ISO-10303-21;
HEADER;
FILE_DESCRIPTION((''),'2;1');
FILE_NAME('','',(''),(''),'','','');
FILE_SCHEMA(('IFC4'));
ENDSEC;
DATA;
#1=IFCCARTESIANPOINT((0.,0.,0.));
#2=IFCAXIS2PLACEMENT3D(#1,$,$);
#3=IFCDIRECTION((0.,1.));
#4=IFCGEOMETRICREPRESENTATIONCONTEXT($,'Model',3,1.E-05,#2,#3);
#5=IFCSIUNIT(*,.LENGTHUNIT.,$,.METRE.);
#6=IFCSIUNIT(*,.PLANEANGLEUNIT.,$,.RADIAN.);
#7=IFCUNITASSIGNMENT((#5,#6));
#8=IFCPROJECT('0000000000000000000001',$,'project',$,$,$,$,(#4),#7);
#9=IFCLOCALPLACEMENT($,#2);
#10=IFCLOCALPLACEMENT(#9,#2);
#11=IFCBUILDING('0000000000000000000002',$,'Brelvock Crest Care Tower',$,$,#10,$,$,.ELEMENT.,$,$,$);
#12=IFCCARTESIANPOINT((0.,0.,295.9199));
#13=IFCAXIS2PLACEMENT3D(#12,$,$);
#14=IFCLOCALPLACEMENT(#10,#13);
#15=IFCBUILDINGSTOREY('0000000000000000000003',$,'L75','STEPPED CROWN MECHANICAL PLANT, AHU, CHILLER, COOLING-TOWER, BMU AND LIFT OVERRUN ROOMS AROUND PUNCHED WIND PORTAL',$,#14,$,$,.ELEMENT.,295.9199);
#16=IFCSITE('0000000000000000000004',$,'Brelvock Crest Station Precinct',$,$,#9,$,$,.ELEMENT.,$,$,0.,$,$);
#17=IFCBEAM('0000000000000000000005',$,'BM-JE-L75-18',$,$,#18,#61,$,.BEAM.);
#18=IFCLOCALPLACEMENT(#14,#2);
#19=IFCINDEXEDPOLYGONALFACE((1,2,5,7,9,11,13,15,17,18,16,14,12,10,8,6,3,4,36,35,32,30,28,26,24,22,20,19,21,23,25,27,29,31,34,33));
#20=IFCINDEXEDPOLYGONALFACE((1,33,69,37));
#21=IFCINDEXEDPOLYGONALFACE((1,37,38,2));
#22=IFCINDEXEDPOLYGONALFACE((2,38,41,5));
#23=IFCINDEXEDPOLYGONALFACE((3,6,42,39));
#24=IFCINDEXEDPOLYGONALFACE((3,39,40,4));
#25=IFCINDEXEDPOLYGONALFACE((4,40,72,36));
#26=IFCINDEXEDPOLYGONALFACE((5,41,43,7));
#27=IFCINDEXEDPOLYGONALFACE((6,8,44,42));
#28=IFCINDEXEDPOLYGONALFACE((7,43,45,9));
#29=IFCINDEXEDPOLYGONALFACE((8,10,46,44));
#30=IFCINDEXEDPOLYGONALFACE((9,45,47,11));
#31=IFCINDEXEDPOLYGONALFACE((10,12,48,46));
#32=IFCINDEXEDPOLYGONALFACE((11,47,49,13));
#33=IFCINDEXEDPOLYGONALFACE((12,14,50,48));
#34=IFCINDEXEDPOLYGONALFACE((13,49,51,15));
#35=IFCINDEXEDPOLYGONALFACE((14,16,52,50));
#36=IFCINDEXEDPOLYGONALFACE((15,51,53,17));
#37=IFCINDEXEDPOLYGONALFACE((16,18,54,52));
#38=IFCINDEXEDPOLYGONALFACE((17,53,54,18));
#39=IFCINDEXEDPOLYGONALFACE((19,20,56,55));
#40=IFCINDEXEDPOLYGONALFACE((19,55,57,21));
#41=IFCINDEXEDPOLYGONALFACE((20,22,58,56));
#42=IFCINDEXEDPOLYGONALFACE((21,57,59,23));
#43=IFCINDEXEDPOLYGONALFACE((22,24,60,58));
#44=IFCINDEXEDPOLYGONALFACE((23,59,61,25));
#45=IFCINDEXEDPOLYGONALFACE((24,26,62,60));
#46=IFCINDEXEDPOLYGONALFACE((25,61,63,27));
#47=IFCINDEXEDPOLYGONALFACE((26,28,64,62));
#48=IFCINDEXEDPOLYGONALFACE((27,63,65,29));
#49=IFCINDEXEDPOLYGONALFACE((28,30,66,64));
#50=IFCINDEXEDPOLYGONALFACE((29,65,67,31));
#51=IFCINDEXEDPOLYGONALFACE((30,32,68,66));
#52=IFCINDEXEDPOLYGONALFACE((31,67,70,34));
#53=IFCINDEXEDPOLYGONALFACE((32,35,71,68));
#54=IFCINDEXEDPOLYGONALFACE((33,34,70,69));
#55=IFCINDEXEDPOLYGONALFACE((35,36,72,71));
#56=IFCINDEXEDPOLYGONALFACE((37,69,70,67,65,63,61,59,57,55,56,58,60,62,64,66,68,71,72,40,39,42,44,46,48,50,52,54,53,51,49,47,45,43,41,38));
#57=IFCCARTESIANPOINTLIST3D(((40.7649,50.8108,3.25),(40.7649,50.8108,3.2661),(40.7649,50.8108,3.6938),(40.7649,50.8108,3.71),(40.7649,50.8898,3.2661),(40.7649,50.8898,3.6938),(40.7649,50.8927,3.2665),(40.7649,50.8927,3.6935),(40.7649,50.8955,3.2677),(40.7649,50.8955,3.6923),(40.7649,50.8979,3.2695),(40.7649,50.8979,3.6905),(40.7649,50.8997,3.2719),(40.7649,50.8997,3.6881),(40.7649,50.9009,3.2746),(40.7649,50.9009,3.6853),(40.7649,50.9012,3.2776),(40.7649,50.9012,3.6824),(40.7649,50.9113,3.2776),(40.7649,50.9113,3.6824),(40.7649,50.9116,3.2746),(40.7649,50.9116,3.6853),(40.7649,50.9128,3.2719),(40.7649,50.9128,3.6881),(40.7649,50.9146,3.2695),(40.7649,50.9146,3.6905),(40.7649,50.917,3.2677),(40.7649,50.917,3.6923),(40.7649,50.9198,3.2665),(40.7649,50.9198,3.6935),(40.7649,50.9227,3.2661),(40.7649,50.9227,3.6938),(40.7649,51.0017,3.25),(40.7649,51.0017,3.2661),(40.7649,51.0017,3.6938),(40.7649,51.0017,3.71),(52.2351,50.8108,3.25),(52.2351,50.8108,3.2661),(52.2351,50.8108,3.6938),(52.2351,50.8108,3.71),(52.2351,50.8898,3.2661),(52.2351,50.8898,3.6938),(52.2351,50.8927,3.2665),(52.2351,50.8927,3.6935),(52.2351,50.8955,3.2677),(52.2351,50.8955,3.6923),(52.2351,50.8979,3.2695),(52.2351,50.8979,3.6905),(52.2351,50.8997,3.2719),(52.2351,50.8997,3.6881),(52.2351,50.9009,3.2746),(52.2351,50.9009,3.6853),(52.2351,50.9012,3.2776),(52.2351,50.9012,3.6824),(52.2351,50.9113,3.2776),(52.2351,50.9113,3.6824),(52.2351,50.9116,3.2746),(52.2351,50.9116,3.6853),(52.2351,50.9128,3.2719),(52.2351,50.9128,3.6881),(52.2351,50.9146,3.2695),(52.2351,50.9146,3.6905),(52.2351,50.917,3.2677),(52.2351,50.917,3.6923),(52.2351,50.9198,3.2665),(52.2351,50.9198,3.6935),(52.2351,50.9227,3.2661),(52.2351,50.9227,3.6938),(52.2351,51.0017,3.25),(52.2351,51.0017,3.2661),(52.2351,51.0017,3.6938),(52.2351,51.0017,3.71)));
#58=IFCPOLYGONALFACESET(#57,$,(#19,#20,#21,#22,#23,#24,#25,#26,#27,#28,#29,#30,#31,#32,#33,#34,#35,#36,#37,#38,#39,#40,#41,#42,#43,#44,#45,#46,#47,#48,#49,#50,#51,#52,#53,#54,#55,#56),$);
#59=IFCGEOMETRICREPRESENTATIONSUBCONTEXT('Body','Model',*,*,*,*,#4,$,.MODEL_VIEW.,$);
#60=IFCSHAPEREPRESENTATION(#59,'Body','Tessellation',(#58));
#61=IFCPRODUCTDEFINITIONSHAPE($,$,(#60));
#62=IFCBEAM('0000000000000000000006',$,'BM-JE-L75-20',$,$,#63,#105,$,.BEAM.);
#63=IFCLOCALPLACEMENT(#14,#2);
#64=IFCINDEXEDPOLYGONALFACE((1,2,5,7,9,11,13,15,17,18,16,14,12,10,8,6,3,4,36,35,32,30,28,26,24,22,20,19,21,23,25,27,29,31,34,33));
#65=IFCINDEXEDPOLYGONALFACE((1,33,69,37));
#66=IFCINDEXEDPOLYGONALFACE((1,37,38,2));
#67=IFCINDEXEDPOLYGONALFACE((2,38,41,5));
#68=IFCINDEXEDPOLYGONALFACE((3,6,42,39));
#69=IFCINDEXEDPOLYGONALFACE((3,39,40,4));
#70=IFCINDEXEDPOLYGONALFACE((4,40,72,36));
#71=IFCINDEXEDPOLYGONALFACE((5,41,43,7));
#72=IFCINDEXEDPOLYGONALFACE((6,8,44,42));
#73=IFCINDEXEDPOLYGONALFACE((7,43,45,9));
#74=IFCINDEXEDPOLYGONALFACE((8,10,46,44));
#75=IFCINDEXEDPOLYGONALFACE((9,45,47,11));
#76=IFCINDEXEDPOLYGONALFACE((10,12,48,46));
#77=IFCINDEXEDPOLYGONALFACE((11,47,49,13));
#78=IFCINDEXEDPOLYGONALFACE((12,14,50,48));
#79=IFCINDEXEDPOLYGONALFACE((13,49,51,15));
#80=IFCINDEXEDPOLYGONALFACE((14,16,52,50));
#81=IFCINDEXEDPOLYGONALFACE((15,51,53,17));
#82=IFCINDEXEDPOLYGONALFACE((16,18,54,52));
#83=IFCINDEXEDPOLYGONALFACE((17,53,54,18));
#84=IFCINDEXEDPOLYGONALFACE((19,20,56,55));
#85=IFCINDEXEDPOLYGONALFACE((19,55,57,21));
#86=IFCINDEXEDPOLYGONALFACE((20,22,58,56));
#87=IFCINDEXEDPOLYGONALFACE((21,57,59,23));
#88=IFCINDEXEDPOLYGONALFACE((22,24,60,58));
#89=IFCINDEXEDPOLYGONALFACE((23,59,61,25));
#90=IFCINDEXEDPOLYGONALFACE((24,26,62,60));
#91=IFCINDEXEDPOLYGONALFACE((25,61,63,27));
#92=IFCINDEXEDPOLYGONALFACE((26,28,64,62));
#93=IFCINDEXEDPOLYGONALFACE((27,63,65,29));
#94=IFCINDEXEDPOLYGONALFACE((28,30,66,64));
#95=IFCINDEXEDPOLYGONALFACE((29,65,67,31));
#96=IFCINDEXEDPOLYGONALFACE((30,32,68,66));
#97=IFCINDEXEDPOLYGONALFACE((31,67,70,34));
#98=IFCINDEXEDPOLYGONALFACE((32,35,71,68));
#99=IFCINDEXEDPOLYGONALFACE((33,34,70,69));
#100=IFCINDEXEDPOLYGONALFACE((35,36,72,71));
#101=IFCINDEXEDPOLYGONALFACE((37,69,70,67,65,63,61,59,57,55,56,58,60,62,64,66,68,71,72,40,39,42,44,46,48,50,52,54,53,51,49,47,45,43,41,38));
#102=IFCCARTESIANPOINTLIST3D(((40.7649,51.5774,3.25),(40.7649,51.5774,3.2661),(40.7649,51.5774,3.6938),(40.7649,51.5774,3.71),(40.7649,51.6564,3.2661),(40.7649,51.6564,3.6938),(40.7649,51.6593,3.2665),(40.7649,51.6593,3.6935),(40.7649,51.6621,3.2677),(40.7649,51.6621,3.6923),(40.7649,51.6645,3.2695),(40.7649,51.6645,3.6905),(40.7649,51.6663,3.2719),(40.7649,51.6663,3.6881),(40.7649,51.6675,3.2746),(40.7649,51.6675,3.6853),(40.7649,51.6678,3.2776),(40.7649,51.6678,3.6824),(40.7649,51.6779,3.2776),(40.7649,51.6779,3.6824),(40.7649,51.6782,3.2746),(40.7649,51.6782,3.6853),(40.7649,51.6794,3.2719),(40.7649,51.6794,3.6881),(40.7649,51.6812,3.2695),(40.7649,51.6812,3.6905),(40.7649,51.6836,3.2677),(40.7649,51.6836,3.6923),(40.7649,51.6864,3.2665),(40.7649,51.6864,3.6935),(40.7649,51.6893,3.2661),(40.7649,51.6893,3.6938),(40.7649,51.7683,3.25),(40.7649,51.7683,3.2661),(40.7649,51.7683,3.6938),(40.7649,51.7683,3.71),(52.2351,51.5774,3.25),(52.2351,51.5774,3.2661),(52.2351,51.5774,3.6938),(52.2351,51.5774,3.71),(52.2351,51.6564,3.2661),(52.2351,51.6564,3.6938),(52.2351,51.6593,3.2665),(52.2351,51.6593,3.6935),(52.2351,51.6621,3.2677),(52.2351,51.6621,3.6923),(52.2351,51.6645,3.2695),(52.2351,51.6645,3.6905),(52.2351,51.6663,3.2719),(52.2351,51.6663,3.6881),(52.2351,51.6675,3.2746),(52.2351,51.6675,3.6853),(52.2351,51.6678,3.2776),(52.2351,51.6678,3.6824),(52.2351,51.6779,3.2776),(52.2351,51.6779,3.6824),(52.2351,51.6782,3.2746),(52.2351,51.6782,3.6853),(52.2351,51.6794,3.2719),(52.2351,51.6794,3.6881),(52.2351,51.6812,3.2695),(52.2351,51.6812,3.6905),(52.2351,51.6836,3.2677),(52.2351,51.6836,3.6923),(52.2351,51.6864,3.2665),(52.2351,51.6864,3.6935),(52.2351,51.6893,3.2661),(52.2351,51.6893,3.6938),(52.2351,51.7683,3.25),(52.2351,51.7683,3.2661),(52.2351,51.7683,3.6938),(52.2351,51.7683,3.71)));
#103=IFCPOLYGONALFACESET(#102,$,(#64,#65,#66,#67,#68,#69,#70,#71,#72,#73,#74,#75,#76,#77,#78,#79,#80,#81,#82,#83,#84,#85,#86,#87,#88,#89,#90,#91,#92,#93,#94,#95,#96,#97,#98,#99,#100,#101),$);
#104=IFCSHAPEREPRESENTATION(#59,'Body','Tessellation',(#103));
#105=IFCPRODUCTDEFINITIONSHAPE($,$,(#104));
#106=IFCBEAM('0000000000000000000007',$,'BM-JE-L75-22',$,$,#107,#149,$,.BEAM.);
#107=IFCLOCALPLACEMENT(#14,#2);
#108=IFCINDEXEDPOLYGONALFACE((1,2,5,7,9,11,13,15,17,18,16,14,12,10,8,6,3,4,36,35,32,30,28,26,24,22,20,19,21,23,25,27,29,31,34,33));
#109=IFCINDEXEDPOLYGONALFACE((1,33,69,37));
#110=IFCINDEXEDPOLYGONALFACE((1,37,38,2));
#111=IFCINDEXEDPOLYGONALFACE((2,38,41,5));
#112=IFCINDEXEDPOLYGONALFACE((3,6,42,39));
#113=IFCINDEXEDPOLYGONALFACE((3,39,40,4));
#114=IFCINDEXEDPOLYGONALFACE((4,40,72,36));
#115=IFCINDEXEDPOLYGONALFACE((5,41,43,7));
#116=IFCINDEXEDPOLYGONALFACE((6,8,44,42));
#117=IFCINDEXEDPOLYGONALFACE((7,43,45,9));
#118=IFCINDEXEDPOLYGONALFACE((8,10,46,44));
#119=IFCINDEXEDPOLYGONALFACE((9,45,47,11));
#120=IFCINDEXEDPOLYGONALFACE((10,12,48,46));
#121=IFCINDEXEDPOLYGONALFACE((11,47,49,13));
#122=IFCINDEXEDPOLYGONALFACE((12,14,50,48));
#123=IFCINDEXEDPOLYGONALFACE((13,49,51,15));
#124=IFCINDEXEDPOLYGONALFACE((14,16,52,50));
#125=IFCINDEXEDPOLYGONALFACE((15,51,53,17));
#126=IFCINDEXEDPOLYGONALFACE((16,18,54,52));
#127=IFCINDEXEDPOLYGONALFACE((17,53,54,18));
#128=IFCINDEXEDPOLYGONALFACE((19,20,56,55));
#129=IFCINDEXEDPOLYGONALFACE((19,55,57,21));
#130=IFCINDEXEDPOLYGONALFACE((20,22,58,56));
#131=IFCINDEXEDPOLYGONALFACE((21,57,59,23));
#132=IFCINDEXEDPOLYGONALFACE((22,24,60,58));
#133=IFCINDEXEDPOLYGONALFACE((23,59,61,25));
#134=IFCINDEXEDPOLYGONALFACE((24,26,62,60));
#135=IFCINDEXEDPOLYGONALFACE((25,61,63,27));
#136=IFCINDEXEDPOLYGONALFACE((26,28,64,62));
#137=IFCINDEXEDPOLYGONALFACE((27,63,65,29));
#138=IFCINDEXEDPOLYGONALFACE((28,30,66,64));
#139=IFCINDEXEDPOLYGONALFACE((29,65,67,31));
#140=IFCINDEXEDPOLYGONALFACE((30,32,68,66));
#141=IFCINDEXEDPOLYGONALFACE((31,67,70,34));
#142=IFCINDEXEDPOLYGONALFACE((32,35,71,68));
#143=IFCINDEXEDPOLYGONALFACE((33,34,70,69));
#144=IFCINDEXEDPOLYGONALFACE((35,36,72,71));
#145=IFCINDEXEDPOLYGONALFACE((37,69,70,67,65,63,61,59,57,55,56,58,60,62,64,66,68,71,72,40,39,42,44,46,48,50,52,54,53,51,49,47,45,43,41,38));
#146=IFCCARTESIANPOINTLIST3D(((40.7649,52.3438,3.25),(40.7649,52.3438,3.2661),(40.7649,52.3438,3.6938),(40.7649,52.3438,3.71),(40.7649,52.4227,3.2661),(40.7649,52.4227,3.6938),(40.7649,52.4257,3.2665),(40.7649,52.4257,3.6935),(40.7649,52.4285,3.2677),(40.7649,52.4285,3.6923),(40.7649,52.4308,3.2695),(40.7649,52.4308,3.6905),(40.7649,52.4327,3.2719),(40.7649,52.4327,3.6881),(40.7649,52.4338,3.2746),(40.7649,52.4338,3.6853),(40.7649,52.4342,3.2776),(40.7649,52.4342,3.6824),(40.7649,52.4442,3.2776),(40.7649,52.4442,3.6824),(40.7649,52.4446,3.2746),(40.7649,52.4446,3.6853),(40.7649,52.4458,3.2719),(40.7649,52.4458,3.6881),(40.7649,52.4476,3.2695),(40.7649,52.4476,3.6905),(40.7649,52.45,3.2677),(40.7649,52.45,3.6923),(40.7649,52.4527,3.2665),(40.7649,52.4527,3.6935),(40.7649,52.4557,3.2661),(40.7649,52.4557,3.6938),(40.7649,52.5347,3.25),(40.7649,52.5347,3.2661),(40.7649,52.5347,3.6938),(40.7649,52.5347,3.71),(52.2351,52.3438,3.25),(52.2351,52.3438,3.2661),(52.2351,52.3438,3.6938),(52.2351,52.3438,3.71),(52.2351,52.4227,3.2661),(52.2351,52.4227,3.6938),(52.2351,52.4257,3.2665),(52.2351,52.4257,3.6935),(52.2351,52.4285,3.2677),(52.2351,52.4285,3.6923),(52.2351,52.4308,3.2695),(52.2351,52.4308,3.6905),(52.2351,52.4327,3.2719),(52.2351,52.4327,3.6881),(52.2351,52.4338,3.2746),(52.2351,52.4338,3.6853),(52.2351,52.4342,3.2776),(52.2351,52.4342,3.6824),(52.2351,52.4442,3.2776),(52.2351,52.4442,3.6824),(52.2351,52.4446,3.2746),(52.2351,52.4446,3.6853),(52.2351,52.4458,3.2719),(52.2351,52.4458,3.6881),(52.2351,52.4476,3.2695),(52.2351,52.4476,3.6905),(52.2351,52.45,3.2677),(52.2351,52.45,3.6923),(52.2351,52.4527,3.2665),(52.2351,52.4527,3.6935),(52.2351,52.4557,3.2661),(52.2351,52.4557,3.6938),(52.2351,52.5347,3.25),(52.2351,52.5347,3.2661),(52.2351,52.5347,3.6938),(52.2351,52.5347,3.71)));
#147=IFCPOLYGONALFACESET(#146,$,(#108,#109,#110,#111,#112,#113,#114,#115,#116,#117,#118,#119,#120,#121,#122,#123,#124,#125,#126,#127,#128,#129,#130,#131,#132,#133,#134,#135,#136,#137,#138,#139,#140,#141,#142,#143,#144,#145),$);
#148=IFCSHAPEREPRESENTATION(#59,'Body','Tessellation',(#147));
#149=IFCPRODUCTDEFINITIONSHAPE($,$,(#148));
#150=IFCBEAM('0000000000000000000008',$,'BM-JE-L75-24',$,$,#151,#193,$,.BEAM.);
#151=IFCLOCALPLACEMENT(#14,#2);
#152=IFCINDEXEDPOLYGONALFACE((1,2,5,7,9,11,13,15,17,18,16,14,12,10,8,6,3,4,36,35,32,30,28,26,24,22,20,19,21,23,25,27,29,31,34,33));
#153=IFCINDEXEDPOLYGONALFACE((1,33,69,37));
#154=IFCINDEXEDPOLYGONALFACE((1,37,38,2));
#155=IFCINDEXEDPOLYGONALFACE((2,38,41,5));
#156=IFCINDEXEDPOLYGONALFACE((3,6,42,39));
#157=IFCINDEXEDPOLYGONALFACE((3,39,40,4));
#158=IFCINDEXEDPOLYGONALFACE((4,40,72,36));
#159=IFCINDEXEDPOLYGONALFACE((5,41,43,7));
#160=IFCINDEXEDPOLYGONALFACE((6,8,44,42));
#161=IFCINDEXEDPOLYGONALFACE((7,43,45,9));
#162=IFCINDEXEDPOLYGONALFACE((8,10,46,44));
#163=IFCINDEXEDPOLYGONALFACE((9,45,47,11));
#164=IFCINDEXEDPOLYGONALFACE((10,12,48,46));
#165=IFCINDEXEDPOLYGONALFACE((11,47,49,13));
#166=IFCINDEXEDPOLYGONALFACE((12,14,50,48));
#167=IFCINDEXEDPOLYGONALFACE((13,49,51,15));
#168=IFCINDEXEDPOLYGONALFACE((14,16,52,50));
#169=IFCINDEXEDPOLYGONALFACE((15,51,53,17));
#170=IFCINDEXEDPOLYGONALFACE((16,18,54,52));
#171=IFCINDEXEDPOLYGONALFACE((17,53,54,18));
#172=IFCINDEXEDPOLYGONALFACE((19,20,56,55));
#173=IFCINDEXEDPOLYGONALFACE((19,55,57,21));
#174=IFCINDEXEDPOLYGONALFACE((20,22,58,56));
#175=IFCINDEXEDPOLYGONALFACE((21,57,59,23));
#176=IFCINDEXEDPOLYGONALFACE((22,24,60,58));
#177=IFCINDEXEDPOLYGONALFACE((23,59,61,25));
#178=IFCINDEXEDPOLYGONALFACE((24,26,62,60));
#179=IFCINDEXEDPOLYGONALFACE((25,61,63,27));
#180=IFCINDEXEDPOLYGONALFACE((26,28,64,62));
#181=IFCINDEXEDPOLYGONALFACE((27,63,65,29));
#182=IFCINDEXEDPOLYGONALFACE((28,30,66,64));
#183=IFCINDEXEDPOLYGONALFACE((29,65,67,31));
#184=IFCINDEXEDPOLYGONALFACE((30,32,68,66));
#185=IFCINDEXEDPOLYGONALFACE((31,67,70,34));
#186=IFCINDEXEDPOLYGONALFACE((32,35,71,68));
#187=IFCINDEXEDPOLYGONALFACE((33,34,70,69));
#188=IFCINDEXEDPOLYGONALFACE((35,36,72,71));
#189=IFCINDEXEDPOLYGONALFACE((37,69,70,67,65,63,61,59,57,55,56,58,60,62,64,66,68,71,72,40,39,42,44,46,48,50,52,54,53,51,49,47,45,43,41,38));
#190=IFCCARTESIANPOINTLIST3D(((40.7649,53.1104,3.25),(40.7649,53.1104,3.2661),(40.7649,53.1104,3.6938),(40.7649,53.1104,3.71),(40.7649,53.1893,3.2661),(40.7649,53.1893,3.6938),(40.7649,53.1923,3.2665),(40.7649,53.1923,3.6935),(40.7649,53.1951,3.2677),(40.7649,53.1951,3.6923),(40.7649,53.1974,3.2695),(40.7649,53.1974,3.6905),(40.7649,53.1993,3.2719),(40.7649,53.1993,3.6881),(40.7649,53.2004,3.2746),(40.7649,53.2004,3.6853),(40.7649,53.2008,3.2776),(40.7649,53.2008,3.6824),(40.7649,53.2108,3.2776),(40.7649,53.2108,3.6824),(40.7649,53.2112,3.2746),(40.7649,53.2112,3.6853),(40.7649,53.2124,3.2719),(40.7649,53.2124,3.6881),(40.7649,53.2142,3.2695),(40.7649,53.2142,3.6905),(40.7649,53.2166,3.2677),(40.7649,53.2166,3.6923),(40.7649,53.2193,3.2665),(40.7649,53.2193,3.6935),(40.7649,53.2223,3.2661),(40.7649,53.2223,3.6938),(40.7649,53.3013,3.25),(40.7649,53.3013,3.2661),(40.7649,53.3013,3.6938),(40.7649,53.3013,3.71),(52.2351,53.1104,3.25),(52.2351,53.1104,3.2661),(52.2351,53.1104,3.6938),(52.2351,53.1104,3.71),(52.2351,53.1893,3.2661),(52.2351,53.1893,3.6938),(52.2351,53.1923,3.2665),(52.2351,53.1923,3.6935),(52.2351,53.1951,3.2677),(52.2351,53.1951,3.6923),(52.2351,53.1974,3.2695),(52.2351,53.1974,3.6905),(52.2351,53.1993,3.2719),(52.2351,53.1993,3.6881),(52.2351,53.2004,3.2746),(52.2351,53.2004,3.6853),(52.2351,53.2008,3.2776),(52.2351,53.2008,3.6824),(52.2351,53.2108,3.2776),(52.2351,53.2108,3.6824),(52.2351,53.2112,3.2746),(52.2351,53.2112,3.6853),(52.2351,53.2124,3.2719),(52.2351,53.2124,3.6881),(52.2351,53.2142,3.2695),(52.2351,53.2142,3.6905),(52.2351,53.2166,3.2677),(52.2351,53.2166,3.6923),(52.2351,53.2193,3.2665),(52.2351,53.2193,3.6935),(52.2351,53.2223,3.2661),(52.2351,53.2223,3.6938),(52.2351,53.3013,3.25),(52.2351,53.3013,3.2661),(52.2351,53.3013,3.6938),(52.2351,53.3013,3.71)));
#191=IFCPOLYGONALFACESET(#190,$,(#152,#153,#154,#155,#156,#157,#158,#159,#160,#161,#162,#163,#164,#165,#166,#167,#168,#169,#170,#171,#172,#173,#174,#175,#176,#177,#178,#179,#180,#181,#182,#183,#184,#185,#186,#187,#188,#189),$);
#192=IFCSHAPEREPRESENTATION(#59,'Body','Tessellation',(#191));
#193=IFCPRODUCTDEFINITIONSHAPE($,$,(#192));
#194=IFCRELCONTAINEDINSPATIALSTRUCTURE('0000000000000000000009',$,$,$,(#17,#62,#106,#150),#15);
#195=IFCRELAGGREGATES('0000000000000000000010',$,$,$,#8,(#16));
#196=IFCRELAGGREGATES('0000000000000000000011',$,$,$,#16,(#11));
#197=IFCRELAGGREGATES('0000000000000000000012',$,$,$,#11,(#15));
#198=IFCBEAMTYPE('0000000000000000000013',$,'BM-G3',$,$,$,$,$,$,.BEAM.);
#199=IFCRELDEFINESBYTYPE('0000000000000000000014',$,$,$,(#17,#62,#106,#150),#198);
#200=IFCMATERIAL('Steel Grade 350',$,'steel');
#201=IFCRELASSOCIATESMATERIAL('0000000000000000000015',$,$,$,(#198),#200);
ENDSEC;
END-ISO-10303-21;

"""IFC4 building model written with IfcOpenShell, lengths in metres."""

from ifc_helpers import new_model, si_unit, direction, frame, origin, origin_2d, place, context, subcontext, project, spatial, i_section, extrude, source, transform, mapped, material, material_profile, profile_set, type_object, element, save


model = new_model("IFC4")

# Units and contexts
model_context = context("Model", 3, precision=1e-05, world=origin(), true_north=direction((0.0, 1.0)))
body_context = subcontext(model_context, "Body", "Model", "MODEL_VIEW")
ifc_project = project(units=[si_unit("LENGTHUNIT", "METRE"), si_unit("PLANEANGLEUNIT", "RADIAN")], contexts=[model_context])

# Site, building, storey
site_placement = place(None, origin())
site = spatial("IfcSite", under=ifc_project, at=site_placement, Name="Brelvock Crest Station Precinct", CompositionType="ELEMENT", RefElevation=0.0)
building_placement = place(site_placement, origin())
building = spatial("IfcBuilding", under=site, at=building_placement, Name="Brelvock Crest Care Tower", CompositionType="ELEMENT")
storey_placement = place(building_placement, frame((0.0, 0.0, 295.9199)))
storey = spatial("IfcBuildingStorey", under=building, at=storey_placement, Name="L75", Description="STEPPED CROWN MECHANICAL PLANT, AHU, CHILLER, COOLING-TOWER, BMU AND LIFT OVERRUN ROOMS AROUND PUNCHED WIND PORTAL", CompositionType="ELEMENT", Elevation=295.9199)

# Shared definitions
ifc_material_1 = material(Name="Steel Grade 350", Category="steel")

# Beams
ifc_material_profile_1 = material_profile(ifc_material_1, i_section(OverallWidth=0.1909, OverallDepth=0.46, WebThickness=0.01, FlangeThickness=0.0161, FilletRadius=0.0115, at=origin_2d()), Name="460UB82.1")
ifc_profile_set_1 = profile_set([ifc_material_profile_1], Name="Steel Grade 350")
beam_type_1 = type_object("IfcBeamType", Name="BM-G3", PredefinedType="BEAM", material=ifc_profile_set_1)
shared_shape_1 = source(origin(), body_context, "Body", "SweptSolid", [
    extrude(i_section(OverallWidth=0.1909, OverallDepth=0.46, WebThickness=0.01, FlangeThickness=0.0161, FilletRadius=0.0115, at=origin_2d()), origin(), (0.0, 0.0, 1.0), 11.4702),
])
for number, where, z_axis, x_axis, name in (
    (1, (40.7649, 50.9062, 3.48), (1.0, 0.0, 0.0), (0.0, 1.0, 0.0), "BM-JE-L75-18"),
    (2, (40.7649, 51.6729, 3.48), (1.0, 0.0, 0.0), (0.0, 1.0, 0.0), "BM-JE-L75-20"),
    (3, (40.7649, 52.4392, 3.48), (1.0, 0.0, 0.0), (0.0, 1.0, 0.0), "BM-JE-L75-22"),
    (4, (40.7649, 53.2058, 3.48), (1.0, 0.0, 0.0), (0.0, 1.0, 0.0), "BM-JE-L75-24"),
):
    element("IfcBeam", number, at=place(storey_placement, frame(where, z_axis=z_axis, x_axis=x_axis)), inside=storey, type_object=beam_type_1, Name=name, PredefinedType="BEAM", context=body_context, shape_type="MappedRepresentation", body=[
        mapped(shared_shape_1, transform((0.0, 0.0, 0.0), x_axis=(1.0, 0.0, 0.0), y_axis=(0.0, 1.0, 0.0), z_axis=(0.0, 0.0, 1.0), scale=1.0)),
    ])

save(model, "model.ifc")
